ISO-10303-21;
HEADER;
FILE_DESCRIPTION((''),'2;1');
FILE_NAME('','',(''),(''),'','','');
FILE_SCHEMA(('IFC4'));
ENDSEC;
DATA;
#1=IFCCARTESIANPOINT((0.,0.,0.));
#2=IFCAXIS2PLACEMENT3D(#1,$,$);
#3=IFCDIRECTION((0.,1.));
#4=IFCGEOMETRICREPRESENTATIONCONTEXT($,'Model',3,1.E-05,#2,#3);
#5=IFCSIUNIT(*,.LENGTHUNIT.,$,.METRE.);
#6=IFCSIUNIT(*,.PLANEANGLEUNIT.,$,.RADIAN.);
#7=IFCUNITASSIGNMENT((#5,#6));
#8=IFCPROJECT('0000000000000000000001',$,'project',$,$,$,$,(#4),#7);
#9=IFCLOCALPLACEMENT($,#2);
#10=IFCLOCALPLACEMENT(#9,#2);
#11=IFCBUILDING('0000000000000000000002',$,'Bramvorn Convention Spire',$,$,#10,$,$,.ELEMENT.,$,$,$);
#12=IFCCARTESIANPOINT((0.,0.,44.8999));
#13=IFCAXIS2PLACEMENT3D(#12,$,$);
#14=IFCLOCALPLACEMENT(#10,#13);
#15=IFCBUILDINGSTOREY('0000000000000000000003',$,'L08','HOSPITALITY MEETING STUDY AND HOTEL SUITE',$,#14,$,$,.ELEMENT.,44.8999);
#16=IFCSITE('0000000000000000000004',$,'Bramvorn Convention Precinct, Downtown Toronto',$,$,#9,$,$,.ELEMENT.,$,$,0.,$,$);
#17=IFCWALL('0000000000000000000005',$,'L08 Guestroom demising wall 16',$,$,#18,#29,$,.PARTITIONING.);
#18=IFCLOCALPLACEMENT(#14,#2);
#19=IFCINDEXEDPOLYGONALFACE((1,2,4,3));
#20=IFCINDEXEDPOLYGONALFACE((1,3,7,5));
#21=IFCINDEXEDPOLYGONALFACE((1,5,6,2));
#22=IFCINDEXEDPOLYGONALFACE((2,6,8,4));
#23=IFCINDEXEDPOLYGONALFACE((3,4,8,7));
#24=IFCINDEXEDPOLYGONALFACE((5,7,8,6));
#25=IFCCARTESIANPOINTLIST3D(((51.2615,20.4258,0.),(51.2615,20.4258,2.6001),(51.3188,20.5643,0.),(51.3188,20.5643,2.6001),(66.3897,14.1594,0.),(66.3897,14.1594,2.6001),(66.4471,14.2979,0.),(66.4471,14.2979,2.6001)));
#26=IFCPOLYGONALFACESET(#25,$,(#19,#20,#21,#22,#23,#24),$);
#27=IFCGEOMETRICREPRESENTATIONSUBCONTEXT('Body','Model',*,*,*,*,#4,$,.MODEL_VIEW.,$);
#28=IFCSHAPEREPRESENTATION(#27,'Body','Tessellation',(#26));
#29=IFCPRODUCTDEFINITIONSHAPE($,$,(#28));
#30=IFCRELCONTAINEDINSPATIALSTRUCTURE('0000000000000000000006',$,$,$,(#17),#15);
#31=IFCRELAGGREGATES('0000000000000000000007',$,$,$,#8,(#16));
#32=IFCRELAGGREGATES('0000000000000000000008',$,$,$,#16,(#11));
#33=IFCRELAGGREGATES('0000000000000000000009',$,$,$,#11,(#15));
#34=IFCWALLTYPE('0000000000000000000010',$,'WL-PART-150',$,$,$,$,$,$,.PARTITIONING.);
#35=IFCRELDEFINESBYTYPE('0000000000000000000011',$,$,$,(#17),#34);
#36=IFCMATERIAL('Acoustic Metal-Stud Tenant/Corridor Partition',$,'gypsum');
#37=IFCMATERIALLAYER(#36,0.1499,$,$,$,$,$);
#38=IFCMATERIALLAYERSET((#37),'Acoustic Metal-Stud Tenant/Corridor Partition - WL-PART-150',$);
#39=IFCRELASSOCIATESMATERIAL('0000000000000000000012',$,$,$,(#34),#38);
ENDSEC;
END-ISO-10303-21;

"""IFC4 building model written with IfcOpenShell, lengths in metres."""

from ifc_helpers import new_model, si_unit, direction, frame, frame_2d, origin, place, context, subcontext, project, spatial, rectangle, extrude, material, layer, layer_set, type_object, element, save


model = new_model("IFC4")

# Units and contexts
model_context = context("Model", 3, precision=1e-05, world=origin(), true_north=direction((0.0, 1.0)))
body_context = subcontext(model_context, "Body", "Model", "MODEL_VIEW")
ifc_project = project(units=[si_unit("LENGTHUNIT", "METRE"), si_unit("PLANEANGLEUNIT", "RADIAN")], contexts=[model_context])

# Site, building, storey
site_placement = place(None, origin())
site = spatial("IfcSite", under=ifc_project, at=site_placement, Name="Bramvorn Convention Precinct, Downtown Toronto", CompositionType="ELEMENT", RefElevation=0.0)
building_placement = place(site_placement, origin())
building = spatial("IfcBuilding", under=site, at=building_placement, Name="Bramvorn Convention Spire", CompositionType="ELEMENT")
storey_placement = place(building_placement, frame((0.0, 0.0, 44.8999)))
storey = spatial("IfcBuildingStorey", under=building, at=storey_placement, Name="L08", Description="HOSPITALITY MEETING STUDY AND HOTEL SUITE", CompositionType="ELEMENT", Elevation=44.8999)

# Shared definitions
ifc_material_1 = material(Name="Acoustic Metal-Stud Tenant/Corridor Partition", Category="gypsum")
ifc_layer_1 = layer(ifc_material_1, 0.1499)
ifc_layer_set_1 = layer_set([ifc_layer_1], Name="Acoustic Metal-Stud Tenant/Corridor Partition - WL-PART-150")
wall_type_1 = type_object("IfcWallType", Name="WL-PART-150", PredefinedType="PARTITIONING", material=ifc_layer_set_1)

# Wall
wall_1_placement = place(storey_placement, frame((51.29, 20.4951, 0.0), z_axis=(0.0, 0.0, 1.0), x_axis=(0.923878, -0.382687, 0.0)))
element("IfcWall", 1, at=wall_1_placement, inside=storey, type_object=wall_type_1, Name="L08 Guestroom demising wall 16", PredefinedType="PARTITIONING", context=body_context, shape_type="SweptSolid", body=[
    extrude(rectangle(XDim=16.3748, YDim=0.1499, at=frame_2d((8.1875, 0.0))), origin(), (0.0, 0.0, 1.0), 2.6001),
])

save(model, "model.ifc")
